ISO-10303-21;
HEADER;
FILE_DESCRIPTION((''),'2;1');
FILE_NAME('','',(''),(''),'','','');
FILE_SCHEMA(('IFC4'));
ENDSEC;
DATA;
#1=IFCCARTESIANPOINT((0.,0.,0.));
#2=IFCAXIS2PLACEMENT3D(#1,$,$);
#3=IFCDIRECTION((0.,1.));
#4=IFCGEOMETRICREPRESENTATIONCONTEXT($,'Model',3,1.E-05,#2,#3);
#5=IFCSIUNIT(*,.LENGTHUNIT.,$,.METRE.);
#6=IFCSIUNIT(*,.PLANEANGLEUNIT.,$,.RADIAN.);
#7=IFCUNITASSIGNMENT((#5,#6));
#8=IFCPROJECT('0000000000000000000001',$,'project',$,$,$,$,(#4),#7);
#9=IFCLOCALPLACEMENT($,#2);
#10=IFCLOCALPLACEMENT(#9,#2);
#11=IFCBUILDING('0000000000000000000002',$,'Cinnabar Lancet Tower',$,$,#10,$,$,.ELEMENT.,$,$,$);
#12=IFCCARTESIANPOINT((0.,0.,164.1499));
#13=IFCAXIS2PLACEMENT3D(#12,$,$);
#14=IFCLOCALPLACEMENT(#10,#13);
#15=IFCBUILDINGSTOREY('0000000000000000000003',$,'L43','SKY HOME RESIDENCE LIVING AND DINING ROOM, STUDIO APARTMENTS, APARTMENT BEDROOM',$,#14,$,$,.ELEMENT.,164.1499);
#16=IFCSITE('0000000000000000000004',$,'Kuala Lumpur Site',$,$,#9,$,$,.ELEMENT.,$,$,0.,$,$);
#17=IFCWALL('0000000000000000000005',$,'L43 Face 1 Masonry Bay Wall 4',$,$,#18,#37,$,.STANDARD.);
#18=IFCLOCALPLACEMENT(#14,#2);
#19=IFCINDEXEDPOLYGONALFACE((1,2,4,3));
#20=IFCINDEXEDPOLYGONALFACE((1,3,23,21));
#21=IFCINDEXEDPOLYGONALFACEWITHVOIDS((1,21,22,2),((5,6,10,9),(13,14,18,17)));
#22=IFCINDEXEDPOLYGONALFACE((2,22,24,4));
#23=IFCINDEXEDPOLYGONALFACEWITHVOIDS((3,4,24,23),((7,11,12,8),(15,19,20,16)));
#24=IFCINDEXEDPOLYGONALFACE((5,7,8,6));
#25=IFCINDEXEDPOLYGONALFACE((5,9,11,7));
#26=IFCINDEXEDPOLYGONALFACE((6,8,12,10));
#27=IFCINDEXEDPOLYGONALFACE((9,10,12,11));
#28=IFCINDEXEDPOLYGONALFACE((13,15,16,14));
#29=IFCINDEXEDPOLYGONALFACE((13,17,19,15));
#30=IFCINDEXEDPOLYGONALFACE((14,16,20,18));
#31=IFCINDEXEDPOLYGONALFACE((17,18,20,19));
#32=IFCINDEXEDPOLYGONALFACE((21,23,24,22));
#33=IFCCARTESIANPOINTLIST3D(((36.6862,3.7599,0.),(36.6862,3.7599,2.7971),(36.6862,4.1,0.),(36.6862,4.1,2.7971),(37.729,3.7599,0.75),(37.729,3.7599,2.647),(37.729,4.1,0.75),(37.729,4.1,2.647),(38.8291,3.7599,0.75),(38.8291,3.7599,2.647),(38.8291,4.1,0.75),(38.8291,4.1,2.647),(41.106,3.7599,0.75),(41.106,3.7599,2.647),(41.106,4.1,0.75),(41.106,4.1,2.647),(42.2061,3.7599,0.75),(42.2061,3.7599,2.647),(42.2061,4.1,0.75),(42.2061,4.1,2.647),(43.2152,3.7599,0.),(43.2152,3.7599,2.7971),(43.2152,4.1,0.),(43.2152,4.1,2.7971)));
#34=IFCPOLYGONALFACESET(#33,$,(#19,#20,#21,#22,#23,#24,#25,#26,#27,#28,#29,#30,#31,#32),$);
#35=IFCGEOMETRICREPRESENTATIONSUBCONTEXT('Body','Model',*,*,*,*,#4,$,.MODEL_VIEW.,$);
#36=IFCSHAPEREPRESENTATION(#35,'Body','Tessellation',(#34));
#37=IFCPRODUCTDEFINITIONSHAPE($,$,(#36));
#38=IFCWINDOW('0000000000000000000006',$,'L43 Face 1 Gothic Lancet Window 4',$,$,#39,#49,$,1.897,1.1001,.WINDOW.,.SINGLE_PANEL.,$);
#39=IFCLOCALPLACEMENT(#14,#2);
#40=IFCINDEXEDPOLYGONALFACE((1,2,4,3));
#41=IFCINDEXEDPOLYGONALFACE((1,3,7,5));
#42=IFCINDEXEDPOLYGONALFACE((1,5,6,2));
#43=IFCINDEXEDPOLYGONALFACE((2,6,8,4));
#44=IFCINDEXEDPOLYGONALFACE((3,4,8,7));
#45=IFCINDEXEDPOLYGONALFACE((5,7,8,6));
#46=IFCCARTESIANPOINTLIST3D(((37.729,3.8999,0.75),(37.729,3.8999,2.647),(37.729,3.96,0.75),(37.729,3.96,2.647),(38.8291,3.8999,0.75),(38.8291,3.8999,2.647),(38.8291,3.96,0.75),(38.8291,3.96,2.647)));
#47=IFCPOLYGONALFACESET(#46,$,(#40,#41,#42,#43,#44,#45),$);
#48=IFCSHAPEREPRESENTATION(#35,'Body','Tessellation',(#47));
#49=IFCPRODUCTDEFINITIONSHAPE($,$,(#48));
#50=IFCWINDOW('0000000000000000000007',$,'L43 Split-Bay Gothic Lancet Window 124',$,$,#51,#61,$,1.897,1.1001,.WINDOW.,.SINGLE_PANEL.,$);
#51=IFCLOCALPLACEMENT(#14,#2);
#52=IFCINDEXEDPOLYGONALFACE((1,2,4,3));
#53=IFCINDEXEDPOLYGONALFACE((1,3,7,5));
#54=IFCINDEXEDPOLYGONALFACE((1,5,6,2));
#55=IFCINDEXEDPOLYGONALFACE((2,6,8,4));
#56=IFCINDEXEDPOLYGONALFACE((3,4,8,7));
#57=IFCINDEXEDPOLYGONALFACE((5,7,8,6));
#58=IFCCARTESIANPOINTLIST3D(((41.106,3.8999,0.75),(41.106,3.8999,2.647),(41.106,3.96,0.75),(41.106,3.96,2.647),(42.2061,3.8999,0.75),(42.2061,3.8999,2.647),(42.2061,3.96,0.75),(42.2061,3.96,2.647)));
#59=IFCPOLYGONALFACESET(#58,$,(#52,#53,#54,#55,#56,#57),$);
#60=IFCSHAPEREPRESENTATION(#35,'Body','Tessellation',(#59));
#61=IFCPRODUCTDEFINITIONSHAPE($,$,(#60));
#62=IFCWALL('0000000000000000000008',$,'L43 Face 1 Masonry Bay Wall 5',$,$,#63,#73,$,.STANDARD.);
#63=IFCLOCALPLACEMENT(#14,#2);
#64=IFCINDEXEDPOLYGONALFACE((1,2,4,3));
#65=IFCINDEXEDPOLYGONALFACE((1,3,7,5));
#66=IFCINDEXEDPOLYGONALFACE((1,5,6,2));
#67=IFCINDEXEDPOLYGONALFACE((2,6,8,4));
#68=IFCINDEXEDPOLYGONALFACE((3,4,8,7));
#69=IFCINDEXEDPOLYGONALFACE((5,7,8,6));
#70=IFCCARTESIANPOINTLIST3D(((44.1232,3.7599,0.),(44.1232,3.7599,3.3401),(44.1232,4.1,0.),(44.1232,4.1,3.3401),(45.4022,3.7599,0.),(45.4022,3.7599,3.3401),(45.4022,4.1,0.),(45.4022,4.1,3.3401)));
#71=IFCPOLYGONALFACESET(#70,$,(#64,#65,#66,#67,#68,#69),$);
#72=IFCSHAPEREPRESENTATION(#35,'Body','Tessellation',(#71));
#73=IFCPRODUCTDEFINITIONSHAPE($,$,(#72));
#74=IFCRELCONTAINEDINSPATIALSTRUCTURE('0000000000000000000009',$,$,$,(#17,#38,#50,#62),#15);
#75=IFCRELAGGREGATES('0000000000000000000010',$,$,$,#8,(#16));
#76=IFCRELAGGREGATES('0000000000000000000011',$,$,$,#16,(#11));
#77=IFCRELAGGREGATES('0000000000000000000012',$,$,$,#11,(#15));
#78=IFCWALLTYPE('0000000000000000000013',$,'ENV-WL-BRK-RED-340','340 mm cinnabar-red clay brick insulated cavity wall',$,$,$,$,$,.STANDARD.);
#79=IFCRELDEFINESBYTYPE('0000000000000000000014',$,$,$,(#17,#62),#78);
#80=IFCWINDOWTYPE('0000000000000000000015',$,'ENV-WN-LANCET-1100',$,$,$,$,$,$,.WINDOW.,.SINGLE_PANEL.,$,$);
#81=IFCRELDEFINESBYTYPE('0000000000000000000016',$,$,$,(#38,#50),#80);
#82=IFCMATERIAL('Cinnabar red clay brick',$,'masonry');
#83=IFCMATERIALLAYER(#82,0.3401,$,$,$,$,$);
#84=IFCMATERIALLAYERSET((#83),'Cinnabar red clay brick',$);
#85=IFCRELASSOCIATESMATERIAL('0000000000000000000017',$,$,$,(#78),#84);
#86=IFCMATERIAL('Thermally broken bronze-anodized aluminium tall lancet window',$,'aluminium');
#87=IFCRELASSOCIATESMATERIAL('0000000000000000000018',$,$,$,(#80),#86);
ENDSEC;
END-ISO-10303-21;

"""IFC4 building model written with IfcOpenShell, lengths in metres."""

from ifc_helpers import new_model, si_unit, direction, frame, frame_2d, origin, place, context, subcontext, project, spatial, rectangle, extrude, material, layer, layer_set, type_object, element, fill, save


model = new_model("IFC4")

# Units and contexts
model_context = context("Model", 3, precision=1e-05, world=origin(), true_north=direction((0.0, 1.0)))
body_context = subcontext(model_context, "Body", "Model", "MODEL_VIEW")
ifc_project = project(units=[si_unit("LENGTHUNIT", "METRE"), si_unit("PLANEANGLEUNIT", "RADIAN")], contexts=[model_context])

# Site, building, storey
site_placement = place(None, origin())
site = spatial("IfcSite", under=ifc_project, at=site_placement, Name="Kuala Lumpur Site", CompositionType="ELEMENT", RefElevation=0.0)
building_placement = place(site_placement, origin())
building = spatial("IfcBuilding", under=site, at=building_placement, Name="Cinnabar Lancet Tower", CompositionType="ELEMENT")
storey_placement = place(building_placement, frame((0.0, 0.0, 164.1499)))
storey = spatial("IfcBuildingStorey", under=building, at=storey_placement, Name="L43", Description="SKY HOME RESIDENCE LIVING AND DINING ROOM, STUDIO APARTMENTS, APARTMENT BEDROOM", CompositionType="ELEMENT", Elevation=164.1499)

# Wall, openings, windows
ifc_material_1 = material(Name="Cinnabar red clay brick", Category="masonry")
ifc_layer_1 = layer(ifc_material_1, 0.3401)
ifc_layer_set_1 = layer_set([ifc_layer_1], Name="Cinnabar red clay brick")
wall_type_1 = type_object("IfcWallType", Name="ENV-WL-BRK-RED-340", Description="340 mm cinnabar-red clay brick insulated cavity wall", PredefinedType="STANDARD", material=ifc_layer_set_1)
wall_1_placement = place(storey_placement, frame((36.686, 3.9299, 0.0), z_axis=(0.0, 0.0, 1.0), x_axis=(1.0, 0.0, 0.0)))
wall_1 = element("IfcWall", 1, at=wall_1_placement, inside=storey, type_object=wall_type_1, Name="L43 Face 1 Masonry Bay Wall 4", PredefinedType="STANDARD", context=body_context, shape_type="SweptSolid", body=[
    extrude(rectangle(XDim=6.5291, YDim=0.3401, at=frame_2d((3.2646, 0.0))), origin(), (0.0, 0.0, 1.0), 2.7971),
])
opening_1_placement = place(wall_1_placement, frame((1.043, 0.0, 0.75)))
opening_1 = element("IfcOpeningElement", 2, at=opening_1_placement, cuts=wall_1, PredefinedType="OPENING", context=body_context, shape_type="SweptSolid", body=[
    extrude(rectangle(XDim=1.1001, YDim=1.897, at=frame_2d((0.55, 0.9485))), frame((0.0, 0.1799, 0.0), z_axis=(0.0, -1.0, 0.0), x_axis=(1.0, 0.0, 0.0)), (0.0, 0.0, 1.0), 0.3601),
])
opening_2_placement = place(wall_1_placement, frame((4.4199, 0.0, 0.75)))
opening_2 = element("IfcOpeningElement", 3, at=opening_2_placement, cuts=wall_1, PredefinedType="OPENING", context=body_context, shape_type="SweptSolid", body=[
    extrude(rectangle(XDim=1.1001, YDim=1.897, at=frame_2d((0.55, 0.9485))), frame((0.0, 0.1799, 0.0), z_axis=(0.0, -1.0, 0.0), x_axis=(1.0, 0.0, 0.0)), (0.0, 0.0, 1.0), 0.3601),
])
ifc_material_2 = material(Name="Thermally broken bronze-anodized aluminium tall lancet window", Category="aluminium")
window_type = type_object("IfcWindowType", Name="ENV-WN-LANCET-1100", PartitioningType="SINGLE_PANEL", PredefinedType="WINDOW", material=ifc_material_2)
window_1_placement = place(opening_1_placement, origin())
window_1 = element("IfcWindow", 4, at=window_1_placement, inside=storey, type_object=window_type, Name="L43 Face 1 Gothic Lancet Window 4", OverallHeight=1.897, OverallWidth=1.1001, PartitioningType="SINGLE_PANEL", PredefinedType="WINDOW", context=body_context, shape_type="SweptSolid", body=[
    extrude(rectangle(XDim=1.1001, YDim=1.897, at=frame_2d((0.55, 0.9485))), frame((0.0, 0.03, 0.0), z_axis=(0.0, -1.0, 0.0), x_axis=(1.0, 0.0, 0.0)), (0.0, 0.0, 1.0), 0.0601),
])
fill(opening_1, window_1)
window_2_placement = place(opening_2_placement, origin())
window_2 = element("IfcWindow", 5, at=window_2_placement, inside=storey, type_object=window_type, Name="L43 Split-Bay Gothic Lancet Window 124", OverallHeight=1.897, OverallWidth=1.1001, PartitioningType="SINGLE_PANEL", PredefinedType="WINDOW", context=body_context, shape_type="SweptSolid", body=[
    extrude(rectangle(XDim=1.1001, YDim=1.897, at=frame_2d((0.55, 0.9485))), frame((0.0, 0.03, 0.0), z_axis=(0.0, -1.0, 0.0), x_axis=(1.0, 0.0, 0.0)), (0.0, 0.0, 1.0), 0.0601),
])
fill(opening_2, window_2)

# Wall
wall_2_placement = place(storey_placement, frame((44.123, 3.9299, 0.0), z_axis=(0.0, 0.0, 1.0), x_axis=(1.0, 0.0, 0.0)))
element("IfcWall", 6, at=wall_2_placement, inside=storey, type_object=wall_type_1, Name="L43 Face 1 Masonry Bay Wall 5", PredefinedType="STANDARD", context=body_context, shape_type="SweptSolid", body=[
    extrude(rectangle(XDim=1.2791, YDim=0.3401, at=frame_2d((0.6396, 0.0))), origin(), (0.0, 0.0, 1.0), 3.3401),
])

save(model, "model.ifc")
